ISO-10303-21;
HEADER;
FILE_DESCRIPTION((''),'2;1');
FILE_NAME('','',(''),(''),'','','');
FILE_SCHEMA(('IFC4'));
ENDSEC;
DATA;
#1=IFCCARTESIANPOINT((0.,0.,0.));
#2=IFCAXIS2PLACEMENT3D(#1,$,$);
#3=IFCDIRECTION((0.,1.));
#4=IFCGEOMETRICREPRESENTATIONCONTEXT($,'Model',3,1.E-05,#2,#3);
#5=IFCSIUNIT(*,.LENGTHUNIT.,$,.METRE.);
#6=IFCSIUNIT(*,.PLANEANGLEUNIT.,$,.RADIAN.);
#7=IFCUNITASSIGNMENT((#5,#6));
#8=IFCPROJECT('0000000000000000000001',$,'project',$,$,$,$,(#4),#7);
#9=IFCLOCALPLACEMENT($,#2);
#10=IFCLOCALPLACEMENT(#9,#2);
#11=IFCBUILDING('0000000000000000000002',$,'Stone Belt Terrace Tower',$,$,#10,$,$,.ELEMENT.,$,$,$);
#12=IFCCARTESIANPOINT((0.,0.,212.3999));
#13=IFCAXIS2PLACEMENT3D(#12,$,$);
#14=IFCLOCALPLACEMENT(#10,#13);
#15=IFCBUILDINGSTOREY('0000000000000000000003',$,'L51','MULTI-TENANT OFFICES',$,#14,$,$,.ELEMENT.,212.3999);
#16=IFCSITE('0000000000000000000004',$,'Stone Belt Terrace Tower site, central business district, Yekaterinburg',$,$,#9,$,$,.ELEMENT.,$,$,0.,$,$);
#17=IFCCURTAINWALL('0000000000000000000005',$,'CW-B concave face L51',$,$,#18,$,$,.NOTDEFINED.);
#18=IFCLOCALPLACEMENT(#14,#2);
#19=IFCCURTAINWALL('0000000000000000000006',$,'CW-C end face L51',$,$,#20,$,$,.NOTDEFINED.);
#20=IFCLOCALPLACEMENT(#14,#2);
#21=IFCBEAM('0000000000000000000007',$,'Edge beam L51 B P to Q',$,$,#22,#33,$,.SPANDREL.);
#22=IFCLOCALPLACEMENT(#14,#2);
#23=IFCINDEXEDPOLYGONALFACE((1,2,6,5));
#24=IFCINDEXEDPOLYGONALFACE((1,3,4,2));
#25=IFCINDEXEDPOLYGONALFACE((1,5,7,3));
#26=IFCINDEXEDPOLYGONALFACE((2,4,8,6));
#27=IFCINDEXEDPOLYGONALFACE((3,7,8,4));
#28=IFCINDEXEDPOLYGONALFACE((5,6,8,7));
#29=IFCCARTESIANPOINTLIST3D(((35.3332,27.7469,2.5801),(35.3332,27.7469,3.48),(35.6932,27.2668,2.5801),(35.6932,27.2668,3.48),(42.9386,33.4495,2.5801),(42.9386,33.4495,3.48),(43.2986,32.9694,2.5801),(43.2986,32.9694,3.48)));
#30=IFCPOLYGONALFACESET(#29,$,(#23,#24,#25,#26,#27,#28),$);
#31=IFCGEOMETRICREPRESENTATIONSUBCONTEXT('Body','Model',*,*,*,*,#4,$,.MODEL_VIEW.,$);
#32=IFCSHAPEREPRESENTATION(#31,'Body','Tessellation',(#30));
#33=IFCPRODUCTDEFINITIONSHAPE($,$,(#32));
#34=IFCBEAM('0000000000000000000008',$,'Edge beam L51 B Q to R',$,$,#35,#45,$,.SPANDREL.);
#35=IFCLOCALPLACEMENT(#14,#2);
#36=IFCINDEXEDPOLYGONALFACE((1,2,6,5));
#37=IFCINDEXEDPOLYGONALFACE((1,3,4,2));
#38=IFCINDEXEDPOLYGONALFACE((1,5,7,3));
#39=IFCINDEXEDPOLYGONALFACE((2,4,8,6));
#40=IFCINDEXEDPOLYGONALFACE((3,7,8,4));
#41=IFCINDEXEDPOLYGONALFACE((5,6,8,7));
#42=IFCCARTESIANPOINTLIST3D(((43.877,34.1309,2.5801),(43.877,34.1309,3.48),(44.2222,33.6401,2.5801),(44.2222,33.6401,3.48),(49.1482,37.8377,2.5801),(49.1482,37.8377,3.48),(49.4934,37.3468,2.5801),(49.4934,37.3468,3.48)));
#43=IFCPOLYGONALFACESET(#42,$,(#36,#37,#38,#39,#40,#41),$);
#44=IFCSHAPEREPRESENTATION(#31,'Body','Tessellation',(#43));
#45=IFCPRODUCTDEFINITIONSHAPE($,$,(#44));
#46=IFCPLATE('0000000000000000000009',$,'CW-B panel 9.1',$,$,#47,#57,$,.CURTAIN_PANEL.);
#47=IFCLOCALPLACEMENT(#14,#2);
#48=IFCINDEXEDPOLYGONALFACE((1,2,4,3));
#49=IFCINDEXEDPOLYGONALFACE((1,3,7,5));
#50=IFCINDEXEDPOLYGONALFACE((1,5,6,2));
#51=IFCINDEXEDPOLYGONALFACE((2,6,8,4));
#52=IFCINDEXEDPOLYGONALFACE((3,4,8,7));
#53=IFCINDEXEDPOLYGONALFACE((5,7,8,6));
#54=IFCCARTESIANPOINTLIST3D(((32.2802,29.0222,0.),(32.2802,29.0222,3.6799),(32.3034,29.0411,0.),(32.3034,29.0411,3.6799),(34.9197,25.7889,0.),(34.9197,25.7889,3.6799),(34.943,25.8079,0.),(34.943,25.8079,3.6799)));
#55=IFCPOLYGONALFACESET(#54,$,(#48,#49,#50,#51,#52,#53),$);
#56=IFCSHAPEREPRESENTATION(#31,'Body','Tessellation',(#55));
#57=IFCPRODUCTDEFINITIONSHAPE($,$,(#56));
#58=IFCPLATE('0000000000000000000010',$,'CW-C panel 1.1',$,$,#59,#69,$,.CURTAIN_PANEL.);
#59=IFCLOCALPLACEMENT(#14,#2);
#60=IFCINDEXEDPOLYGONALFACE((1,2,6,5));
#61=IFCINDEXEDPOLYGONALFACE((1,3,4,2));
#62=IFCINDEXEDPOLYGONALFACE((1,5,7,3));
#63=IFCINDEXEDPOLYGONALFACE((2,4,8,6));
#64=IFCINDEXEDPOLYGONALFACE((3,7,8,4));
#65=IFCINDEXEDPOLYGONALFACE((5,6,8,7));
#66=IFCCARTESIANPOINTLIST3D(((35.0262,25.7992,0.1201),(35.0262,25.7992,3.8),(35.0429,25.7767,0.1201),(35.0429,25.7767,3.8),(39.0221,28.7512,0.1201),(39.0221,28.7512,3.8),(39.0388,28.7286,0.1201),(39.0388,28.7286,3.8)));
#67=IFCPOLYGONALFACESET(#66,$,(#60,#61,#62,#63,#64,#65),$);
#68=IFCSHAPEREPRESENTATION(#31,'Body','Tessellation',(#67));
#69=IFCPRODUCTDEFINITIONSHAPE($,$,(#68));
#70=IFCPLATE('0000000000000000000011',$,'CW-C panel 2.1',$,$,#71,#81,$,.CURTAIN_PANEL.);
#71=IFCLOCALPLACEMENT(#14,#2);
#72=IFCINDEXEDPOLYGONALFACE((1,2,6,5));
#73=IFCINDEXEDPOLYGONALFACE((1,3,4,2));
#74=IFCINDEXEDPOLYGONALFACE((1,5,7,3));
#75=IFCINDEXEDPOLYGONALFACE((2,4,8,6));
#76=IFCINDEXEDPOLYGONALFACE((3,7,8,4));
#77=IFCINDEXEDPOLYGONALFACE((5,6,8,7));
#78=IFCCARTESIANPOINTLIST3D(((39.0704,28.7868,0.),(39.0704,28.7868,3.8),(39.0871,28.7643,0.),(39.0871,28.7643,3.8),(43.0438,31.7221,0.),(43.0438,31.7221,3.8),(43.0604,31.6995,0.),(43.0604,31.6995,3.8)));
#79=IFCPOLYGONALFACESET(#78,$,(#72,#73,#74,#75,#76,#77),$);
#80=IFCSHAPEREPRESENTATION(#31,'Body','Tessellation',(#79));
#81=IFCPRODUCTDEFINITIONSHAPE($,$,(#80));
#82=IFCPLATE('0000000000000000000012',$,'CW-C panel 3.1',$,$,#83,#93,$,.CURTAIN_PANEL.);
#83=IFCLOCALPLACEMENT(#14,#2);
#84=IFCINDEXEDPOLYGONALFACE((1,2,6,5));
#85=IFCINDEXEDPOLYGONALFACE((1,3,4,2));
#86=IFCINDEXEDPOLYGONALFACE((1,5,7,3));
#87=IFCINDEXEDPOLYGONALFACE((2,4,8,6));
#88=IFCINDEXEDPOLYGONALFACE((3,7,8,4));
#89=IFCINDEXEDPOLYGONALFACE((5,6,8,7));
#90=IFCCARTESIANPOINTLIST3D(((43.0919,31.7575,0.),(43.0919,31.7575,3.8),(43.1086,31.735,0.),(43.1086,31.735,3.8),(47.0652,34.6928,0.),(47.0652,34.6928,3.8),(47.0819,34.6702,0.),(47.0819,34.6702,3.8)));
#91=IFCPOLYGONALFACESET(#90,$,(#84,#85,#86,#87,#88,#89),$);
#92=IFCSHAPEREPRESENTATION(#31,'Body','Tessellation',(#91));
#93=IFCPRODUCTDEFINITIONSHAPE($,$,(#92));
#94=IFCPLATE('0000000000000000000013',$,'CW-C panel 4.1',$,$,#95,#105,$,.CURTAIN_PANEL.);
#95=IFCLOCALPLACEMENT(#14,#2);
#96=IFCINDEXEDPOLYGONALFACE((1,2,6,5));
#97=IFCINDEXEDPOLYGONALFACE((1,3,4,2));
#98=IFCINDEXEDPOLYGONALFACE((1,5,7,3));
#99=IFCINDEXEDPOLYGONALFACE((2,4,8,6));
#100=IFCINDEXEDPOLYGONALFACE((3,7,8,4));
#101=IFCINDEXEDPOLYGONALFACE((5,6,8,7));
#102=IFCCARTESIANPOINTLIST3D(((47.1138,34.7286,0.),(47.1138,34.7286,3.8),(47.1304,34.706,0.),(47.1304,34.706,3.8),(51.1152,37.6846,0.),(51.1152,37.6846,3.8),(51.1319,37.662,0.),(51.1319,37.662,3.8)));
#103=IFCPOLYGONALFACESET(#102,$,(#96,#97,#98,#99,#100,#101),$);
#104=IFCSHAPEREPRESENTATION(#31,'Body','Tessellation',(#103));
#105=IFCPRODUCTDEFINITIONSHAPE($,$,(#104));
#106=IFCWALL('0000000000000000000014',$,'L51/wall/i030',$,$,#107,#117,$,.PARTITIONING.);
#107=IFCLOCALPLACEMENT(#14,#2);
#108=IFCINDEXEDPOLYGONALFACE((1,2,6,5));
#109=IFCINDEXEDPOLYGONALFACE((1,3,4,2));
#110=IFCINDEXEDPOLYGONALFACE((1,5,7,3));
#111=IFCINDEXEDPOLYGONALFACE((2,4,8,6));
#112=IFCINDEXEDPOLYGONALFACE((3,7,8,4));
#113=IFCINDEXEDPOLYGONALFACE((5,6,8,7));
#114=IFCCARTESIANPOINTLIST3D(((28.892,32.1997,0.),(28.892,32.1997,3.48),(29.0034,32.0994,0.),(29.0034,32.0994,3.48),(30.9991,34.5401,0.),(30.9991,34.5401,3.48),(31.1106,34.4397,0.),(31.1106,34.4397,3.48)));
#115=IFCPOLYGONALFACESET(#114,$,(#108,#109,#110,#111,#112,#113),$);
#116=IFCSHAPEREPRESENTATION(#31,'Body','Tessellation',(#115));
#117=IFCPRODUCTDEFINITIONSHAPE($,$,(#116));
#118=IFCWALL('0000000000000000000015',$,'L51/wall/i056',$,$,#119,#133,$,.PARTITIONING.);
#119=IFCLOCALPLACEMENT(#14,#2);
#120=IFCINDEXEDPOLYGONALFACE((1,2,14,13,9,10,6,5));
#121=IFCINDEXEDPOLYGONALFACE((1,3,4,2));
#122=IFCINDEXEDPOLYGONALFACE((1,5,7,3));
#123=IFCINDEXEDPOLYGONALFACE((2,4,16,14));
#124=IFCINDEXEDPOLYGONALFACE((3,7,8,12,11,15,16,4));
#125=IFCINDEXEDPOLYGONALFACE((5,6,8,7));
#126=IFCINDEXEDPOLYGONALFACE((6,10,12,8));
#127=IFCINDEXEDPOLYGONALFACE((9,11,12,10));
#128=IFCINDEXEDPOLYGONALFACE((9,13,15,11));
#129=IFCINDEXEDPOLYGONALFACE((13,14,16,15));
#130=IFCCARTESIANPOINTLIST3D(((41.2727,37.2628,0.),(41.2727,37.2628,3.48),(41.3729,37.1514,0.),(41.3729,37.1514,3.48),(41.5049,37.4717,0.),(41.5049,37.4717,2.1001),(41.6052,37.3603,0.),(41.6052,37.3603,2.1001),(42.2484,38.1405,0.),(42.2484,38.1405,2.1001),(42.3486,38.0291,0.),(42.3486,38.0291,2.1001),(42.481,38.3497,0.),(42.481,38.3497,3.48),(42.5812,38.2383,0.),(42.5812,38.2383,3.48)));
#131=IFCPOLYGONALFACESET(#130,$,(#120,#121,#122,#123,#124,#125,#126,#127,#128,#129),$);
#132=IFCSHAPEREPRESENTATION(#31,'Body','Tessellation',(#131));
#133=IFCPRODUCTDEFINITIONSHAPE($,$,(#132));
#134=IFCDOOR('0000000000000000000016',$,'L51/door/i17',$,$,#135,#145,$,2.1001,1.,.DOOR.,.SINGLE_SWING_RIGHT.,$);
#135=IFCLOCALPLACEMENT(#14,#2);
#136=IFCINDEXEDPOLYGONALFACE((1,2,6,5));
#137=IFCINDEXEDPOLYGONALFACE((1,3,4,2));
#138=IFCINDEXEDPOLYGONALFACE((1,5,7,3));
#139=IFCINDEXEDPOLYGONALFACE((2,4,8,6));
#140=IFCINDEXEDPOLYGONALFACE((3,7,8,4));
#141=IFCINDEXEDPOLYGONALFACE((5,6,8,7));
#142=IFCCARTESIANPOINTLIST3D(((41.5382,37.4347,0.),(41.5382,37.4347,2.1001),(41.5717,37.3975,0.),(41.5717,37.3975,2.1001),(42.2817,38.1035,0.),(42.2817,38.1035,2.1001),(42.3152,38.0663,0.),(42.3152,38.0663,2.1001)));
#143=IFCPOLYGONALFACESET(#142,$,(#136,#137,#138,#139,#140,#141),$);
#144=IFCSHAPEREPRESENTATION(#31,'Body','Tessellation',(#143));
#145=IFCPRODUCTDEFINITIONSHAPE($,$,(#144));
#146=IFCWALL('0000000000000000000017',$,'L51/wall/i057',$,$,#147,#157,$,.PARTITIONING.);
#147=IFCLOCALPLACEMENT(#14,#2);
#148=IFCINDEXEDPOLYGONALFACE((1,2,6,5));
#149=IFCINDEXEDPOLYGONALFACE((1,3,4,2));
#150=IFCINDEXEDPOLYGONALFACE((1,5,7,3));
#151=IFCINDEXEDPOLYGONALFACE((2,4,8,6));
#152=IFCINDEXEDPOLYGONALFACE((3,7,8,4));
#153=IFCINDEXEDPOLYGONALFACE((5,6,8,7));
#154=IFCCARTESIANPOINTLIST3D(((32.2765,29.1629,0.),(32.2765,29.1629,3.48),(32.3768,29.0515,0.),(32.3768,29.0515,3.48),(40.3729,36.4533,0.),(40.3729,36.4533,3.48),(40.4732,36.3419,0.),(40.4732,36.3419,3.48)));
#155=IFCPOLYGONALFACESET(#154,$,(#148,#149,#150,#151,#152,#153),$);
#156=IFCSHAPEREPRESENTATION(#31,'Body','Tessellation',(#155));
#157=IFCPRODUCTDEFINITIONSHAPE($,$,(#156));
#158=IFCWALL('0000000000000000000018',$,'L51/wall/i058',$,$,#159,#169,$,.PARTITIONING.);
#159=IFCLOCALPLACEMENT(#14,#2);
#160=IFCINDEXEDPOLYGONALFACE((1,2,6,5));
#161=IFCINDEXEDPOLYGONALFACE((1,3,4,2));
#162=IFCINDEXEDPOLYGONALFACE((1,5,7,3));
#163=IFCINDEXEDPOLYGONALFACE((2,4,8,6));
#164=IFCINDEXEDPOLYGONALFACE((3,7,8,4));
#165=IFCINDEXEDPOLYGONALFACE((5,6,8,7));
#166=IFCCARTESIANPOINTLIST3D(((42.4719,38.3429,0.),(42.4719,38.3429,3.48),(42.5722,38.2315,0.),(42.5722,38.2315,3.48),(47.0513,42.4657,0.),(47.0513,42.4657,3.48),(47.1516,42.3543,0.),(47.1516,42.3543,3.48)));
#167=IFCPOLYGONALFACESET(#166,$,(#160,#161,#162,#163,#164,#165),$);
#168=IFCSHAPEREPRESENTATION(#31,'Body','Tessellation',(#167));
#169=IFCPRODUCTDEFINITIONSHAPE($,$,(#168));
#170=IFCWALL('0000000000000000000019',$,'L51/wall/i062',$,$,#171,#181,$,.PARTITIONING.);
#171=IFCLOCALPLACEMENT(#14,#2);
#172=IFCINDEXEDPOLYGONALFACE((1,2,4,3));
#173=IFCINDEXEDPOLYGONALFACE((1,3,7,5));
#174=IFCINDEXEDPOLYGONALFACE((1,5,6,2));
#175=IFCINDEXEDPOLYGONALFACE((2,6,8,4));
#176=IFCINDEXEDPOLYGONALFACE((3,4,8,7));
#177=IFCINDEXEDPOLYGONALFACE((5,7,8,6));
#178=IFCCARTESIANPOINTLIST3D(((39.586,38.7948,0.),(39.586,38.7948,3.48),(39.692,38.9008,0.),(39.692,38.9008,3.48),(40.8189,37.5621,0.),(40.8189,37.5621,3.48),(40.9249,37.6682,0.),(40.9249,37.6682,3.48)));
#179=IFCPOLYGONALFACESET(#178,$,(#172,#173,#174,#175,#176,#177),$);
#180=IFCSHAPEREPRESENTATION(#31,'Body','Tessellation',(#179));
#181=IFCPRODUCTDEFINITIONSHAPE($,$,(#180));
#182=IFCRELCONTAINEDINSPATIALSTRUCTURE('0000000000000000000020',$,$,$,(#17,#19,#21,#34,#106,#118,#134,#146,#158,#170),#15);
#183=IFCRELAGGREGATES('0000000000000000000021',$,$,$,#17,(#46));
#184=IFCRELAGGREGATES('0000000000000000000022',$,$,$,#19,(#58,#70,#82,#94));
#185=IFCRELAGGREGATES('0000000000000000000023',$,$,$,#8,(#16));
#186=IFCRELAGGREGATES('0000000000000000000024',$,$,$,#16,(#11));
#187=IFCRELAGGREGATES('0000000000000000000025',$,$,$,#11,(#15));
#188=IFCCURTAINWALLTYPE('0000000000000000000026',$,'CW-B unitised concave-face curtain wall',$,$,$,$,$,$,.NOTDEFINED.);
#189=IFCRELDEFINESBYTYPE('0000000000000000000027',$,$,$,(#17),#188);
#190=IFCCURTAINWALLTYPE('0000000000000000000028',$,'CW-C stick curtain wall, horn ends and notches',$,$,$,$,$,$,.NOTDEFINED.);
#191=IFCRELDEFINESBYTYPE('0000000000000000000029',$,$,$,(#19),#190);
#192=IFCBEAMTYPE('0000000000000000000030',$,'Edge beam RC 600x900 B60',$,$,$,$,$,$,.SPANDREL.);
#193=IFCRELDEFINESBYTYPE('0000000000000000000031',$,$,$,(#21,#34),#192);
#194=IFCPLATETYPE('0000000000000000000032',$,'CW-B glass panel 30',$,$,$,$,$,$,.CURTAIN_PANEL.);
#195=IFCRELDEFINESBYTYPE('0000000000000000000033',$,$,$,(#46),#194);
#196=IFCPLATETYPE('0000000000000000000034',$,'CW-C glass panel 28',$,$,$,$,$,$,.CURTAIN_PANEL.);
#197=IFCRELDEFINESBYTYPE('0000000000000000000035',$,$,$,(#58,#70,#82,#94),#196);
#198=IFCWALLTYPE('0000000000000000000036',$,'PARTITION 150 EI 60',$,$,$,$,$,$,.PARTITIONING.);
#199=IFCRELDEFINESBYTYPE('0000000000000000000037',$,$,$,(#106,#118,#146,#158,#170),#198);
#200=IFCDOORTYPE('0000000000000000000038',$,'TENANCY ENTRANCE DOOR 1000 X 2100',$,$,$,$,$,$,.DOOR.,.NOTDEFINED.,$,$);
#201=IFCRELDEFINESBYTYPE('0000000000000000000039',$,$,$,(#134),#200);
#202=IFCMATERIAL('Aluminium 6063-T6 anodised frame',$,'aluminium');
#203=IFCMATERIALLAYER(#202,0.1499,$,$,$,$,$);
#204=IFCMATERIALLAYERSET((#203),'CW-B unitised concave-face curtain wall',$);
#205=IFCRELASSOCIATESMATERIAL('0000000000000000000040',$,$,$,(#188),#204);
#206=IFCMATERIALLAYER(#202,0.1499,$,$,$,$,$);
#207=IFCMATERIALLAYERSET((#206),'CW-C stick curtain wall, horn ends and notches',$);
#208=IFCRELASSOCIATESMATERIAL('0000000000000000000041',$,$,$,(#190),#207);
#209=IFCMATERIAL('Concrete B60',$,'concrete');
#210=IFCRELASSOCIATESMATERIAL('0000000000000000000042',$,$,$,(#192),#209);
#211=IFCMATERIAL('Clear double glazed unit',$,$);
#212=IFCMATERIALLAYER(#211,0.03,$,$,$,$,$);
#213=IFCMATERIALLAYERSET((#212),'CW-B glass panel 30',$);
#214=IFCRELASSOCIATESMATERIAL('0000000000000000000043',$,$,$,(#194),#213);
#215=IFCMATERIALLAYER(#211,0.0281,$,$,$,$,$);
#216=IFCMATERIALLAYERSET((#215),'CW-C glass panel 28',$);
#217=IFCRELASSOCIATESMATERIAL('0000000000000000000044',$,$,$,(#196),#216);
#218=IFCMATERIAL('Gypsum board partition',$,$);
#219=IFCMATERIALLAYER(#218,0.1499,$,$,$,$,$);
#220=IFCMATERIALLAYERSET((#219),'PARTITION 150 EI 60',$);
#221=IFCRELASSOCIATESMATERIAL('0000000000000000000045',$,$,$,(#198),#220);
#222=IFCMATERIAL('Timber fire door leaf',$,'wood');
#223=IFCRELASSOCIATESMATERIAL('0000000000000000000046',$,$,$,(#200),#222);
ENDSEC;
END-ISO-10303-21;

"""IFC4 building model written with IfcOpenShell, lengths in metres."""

from ifc_helpers import new_model, si_unit, direction, frame, frame_2d, origin, origin_2d, place, context, subcontext, project, spatial, rectangle, extrude, material, layer, layer_set, material_profile, profile_set, type_object, element, fill, aggregate, save


model = new_model("IFC4")

# Units and contexts
model_context = context("Model", 3, precision=1e-05, world=origin(), true_north=direction((0.0, 1.0)))
body_context = subcontext(model_context, "Body", "Model", "MODEL_VIEW")
ifc_project = project(units=[si_unit("LENGTHUNIT", "METRE"), si_unit("PLANEANGLEUNIT", "RADIAN")], contexts=[model_context])

# Site, building, storey
site_placement = place(None, origin())
site = spatial("IfcSite", under=ifc_project, at=site_placement, Name="Stone Belt Terrace Tower site, central business district, Yekaterinburg", CompositionType="ELEMENT", RefElevation=0.0)
building_placement = place(site_placement, origin())
building = spatial("IfcBuilding", under=site, at=building_placement, Name="Stone Belt Terrace Tower", CompositionType="ELEMENT")
storey_placement = place(building_placement, frame((0.0, 0.0, 212.3999)))
storey = spatial("IfcBuildingStorey", under=building, at=storey_placement, Name="L51", Description="MULTI-TENANT OFFICES", CompositionType="ELEMENT", Elevation=212.3999)

# Shared definitions
ifc_material_1 = material(Name="Concrete B60", Category="concrete")

# Curtain walls
ifc_material_2 = material(Name="Aluminium 6063-T6 anodised frame", Category="aluminium")
ifc_layer_1 = layer(ifc_material_2, 0.1499)
ifc_layer_set_1 = layer_set([ifc_layer_1], Name="CW-B unitised concave-face curtain wall")
curtain_wall_type_1 = type_object("IfcCurtainWallType", Name="CW-B unitised concave-face curtain wall", PredefinedType="NOTDEFINED", material=ifc_layer_set_1)
curtain_wall_1_placement = place(storey_placement, origin())
curtain_wall_1 = element("IfcCurtainWall", 1, at=curtain_wall_1_placement, inside=storey, type_object=curtain_wall_type_1, Name="CW-B concave face L51", PredefinedType="NOTDEFINED")
ifc_layer_2 = layer(ifc_material_2, 0.1499)
ifc_layer_set_2 = layer_set([ifc_layer_2], Name="CW-C stick curtain wall, horn ends and notches")
curtain_wall_type_2 = type_object("IfcCurtainWallType", Name="CW-C stick curtain wall, horn ends and notches", PredefinedType="NOTDEFINED", material=ifc_layer_set_2)
curtain_wall_2_placement = place(storey_placement, origin())
curtain_wall_2 = element("IfcCurtainWall", 2, at=curtain_wall_2_placement, inside=storey, type_object=curtain_wall_type_2, Name="CW-C end face L51", PredefinedType="NOTDEFINED")

# Beams
ifc_material_profile_1 = material_profile(ifc_material_1, rectangle(XDim=0.6001, YDim=0.8999, at=origin_2d()), Name="RC 600x900")
ifc_profile_set_1 = profile_set([ifc_material_profile_1], Name="Concrete B60")
beam_type = type_object("IfcBeamType", Name="Edge beam RC 600x900 B60", PredefinedType="SPANDREL", material=ifc_profile_set_1)
beam_1_placement = place(storey_placement, frame((35.5132, 27.5068, 3.03), z_axis=(0.800074, 0.599901, 0.0), x_axis=(-0.599901, 0.800074, 0.0)))
element("IfcBeam", 3, at=beam_1_placement, inside=storey, type_object=beam_type, Name="Edge beam L51 B P to Q", PredefinedType="SPANDREL", context=body_context, shape_type="SweptSolid", body=[
    extrude(rectangle(XDim=0.6001, YDim=0.8999, at=origin_2d()), origin(), (0.0, 0.0, 1.0), 9.5059),
])
beam_2_placement = place(storey_placement, frame((44.0496, 33.8855, 3.03), z_axis=(0.817997, 0.575223, 0.0), x_axis=(-0.575223, 0.817997, 0.0)))
element("IfcBeam", 4, at=beam_2_placement, inside=storey, type_object=beam_type, Name="Edge beam L51 B Q to R", PredefinedType="SPANDREL", context=body_context, shape_type="SweptSolid", body=[
    extrude(rectangle(XDim=0.6001, YDim=0.8999, at=origin_2d()), origin(), (0.0, 0.0, 1.0), 6.4441),
])

# Plates
ifc_material_3 = material(Name="Clear double glazed unit")
ifc_layer_3 = layer(ifc_material_3, 0.03)
ifc_layer_set_3 = layer_set([ifc_layer_3], Name="CW-B glass panel 30")
plate_type_1 = type_object("IfcPlateType", Name="CW-B glass panel 30", PredefinedType="CURTAIN_PANEL", material=ifc_layer_set_3)
plate_1_placement = place(storey_placement, frame((33.6116, 27.415, 0.0), z_axis=(0.0, 0.0, 1.0), x_axis=(0.632398, -0.774644, 0.0)))
plate_1 = element("IfcPlate", 5, at=plate_1_placement, type_object=plate_type_1, Name="CW-B panel 9.1", PredefinedType="CURTAIN_PANEL", context=body_context, shape_type="SweptSolid", body=[
    extrude(rectangle(XDim=4.1738, YDim=0.03, at=origin_2d()), origin(), (0.0, 0.0, 1.0), 3.6799),
])
aggregate(curtain_wall_1, [plate_1])
ifc_layer_4 = layer(ifc_material_3, 0.0281)
ifc_layer_set_4 = layer_set([ifc_layer_4], Name="CW-C glass panel 28")
plate_type_2 = type_object("IfcPlateType", Name="CW-C glass panel 28", PredefinedType="CURTAIN_PANEL", material=ifc_layer_set_4)
plate_2_placement = place(storey_placement, frame((37.0325, 27.2639, 0.1201), z_axis=(0.0, 0.0, 1.0), x_axis=(0.804329, 0.594184, 0.0)))
plate_2 = element("IfcPlate", 6, at=plate_2_placement, type_object=plate_type_2, Name="CW-C panel 1.1", PredefinedType="CURTAIN_PANEL", context=body_context, shape_type="SweptSolid", body=[
    extrude(rectangle(XDim=4.968, YDim=0.0281, at=origin_2d()), origin(), (0.0, 0.0, 1.0), 3.6799),
])
plate_3_placement = place(storey_placement, frame((41.0654, 30.2432, 0.0), z_axis=(0.0, 0.0, 1.0), x_axis=(0.804329, 0.594184, 0.0)))
plate_3 = element("IfcPlate", 7, at=plate_3_placement, type_object=plate_type_2, Name="CW-C panel 2.1", PredefinedType="CURTAIN_PANEL", context=body_context, shape_type="SweptSolid", body=[
    extrude(rectangle(XDim=4.9399, YDim=0.0281, at=origin_2d()), origin(), (0.0, 0.0, 1.0), 3.8),
])
plate_4_placement = place(storey_placement, frame((45.0869, 33.2139, 0.0), z_axis=(0.0, 0.0, 1.0), x_axis=(0.804329, 0.594184, 0.0)))
plate_4 = element("IfcPlate", 8, at=plate_4_placement, type_object=plate_type_2, Name="CW-C panel 3.1", PredefinedType="CURTAIN_PANEL", context=body_context, shape_type="SweptSolid", body=[
    extrude(rectangle(XDim=4.9399, YDim=0.0281, at=origin_2d()), origin(), (0.0, 0.0, 1.0), 3.8),
])
plate_5_placement = place(storey_placement, frame((49.1228, 36.1953, 0.0), z_axis=(0.0, 0.0, 1.0), x_axis=(0.804329, 0.594184, 0.0)))
plate_5 = element("IfcPlate", 9, at=plate_5_placement, type_object=plate_type_2, Name="CW-C panel 4.1", PredefinedType="CURTAIN_PANEL", context=body_context, shape_type="SweptSolid", body=[
    extrude(rectangle(XDim=4.9749, YDim=0.0281, at=origin_2d()), origin(), (0.0, 0.0, 1.0), 3.8),
])
aggregate(curtain_wall_2, [plate_2, plate_3, plate_4, plate_5])

# Wall
ifc_material_4 = material(Name="Gypsum board partition")
ifc_layer_5 = layer(ifc_material_4, 0.1499)
ifc_layer_set_5 = layer_set([ifc_layer_5], Name="PARTITION 150 EI 60")
wall_type_1 = type_object("IfcWallType", Name="PARTITION 150 EI 60", PredefinedType="PARTITIONING", material=ifc_layer_set_5)
wall_1_placement = place(storey_placement, frame((31.0549, 34.49, 0.0), z_axis=(0.0, 0.0, 1.0), x_axis=(-0.669119, -0.743155, 0.0)))
element("IfcWall", 10, at=wall_1_placement, inside=storey, type_object=wall_type_1, Name="L51/wall/i030", PredefinedType="PARTITIONING", context=body_context, shape_type="SweptSolid", body=[
    extrude(rectangle(XDim=3.1492, YDim=0.1499, at=frame_2d((1.5747, 0.0))), origin(), (0.0, 0.0, 1.0), 3.48),
])

# Wall, opening, door
wall_2_placement = place(storey_placement, frame((42.531, 38.2939, 0.0), z_axis=(0.0, 0.0, 1.0), x_axis=(-0.743451, -0.66879, 0.0)))
wall_2 = element("IfcWall", 11, at=wall_2_placement, inside=storey, type_object=wall_type_1, Name="L51/wall/i056", PredefinedType="PARTITIONING", context=body_context, shape_type="SweptSolid", body=[
    extrude(rectangle(XDim=1.6252, YDim=0.1499, at=frame_2d((0.8125, 0.0))), origin(), (0.0, 0.0, 1.0), 3.48),
])
opening_1_placement = place(wall_2_placement, frame((0.3127, 0.0, 0.0)))
opening_1 = element("IfcOpeningElement", 12, at=opening_1_placement, cuts=wall_2, PredefinedType="OPENING", context=body_context, shape_type="SweptSolid", body=[
    extrude(rectangle(XDim=1.0, YDim=2.1001, at=frame_2d((0.5, 1.05))), frame((0.0, 0.085, 0.0), z_axis=(0.0, -1.0, 0.0), x_axis=(1.0, 0.0, 0.0)), (0.0, 0.0, 1.0), 0.1699),
])
ifc_material_5 = material(Name="Timber fire door leaf", Category="wood")
door_type_1 = type_object("IfcDoorType", Name="TENANCY ENTRANCE DOOR 1000 X 2100", OperationType="NOTDEFINED", PredefinedType="DOOR", material=ifc_material_5)
door_1_placement = place(opening_1_placement, origin())
door_1 = element("IfcDoor", 13, at=door_1_placement, inside=storey, type_object=door_type_1, Name="L51/door/i17", OperationType="SINGLE_SWING_RIGHT", OverallHeight=2.1001, OverallWidth=1.0, PredefinedType="DOOR", context=body_context, shape_type="SweptSolid", body=[
    extrude(rectangle(XDim=1.0, YDim=2.1001, at=frame_2d((0.5, 1.05))), frame((0.0, 0.0249, 0.0), z_axis=(0.0, -1.0, 0.0), x_axis=(1.0, 0.0, 0.0)), (0.0, 0.0, 1.0), 0.05),
])
fill(opening_1, door_1)

# Walls
wall_3_placement = place(storey_placement, frame((32.3267, 29.1072, 0.0), z_axis=(0.0, 0.0, 1.0), x_axis=(0.743124, 0.669154, 0.0)))
element("IfcWall", 14, at=wall_3_placement, inside=storey, type_object=wall_type_1, Name="L51/wall/i057", PredefinedType="PARTITIONING", context=body_context, shape_type="SweptSolid", body=[
    extrude(rectangle(XDim=10.895, YDim=0.1499, at=frame_2d((5.4475, 0.0))), origin(), (0.0, 0.0, 1.0), 3.48),
])
wall_4_placement = place(storey_placement, frame((42.522, 38.2871, 0.0), z_axis=(0.0, 0.0, 1.0), x_axis=(0.743182, 0.669089, 0.0)))
element("IfcWall", 15, at=wall_4_placement, inside=storey, type_object=wall_type_1, Name="L51/wall/i058", PredefinedType="PARTITIONING", context=body_context, shape_type="SweptSolid", body=[
    extrude(rectangle(XDim=6.1619, YDim=0.1499, at=frame_2d((3.0811, 0.0))), origin(), (0.0, 0.0, 1.0), 3.48),
])
wall_5_placement = place(storey_placement, frame((40.8718, 37.6152, 0.0), z_axis=(0.0, 0.0, 1.0), x_axis=(-0.707177, 0.707037, 0.0)))
element("IfcWall", 16, at=wall_5_placement, inside=storey, type_object=wall_type_1, Name="L51/wall/i062", PredefinedType="PARTITIONING", context=body_context, shape_type="SweptSolid", body=[
    extrude(rectangle(XDim=1.7434, YDim=0.1499, at=frame_2d((0.8716, 0.0))), origin(), (0.0, 0.0, 1.0), 3.48),
])

save(model, "model.ifc")
